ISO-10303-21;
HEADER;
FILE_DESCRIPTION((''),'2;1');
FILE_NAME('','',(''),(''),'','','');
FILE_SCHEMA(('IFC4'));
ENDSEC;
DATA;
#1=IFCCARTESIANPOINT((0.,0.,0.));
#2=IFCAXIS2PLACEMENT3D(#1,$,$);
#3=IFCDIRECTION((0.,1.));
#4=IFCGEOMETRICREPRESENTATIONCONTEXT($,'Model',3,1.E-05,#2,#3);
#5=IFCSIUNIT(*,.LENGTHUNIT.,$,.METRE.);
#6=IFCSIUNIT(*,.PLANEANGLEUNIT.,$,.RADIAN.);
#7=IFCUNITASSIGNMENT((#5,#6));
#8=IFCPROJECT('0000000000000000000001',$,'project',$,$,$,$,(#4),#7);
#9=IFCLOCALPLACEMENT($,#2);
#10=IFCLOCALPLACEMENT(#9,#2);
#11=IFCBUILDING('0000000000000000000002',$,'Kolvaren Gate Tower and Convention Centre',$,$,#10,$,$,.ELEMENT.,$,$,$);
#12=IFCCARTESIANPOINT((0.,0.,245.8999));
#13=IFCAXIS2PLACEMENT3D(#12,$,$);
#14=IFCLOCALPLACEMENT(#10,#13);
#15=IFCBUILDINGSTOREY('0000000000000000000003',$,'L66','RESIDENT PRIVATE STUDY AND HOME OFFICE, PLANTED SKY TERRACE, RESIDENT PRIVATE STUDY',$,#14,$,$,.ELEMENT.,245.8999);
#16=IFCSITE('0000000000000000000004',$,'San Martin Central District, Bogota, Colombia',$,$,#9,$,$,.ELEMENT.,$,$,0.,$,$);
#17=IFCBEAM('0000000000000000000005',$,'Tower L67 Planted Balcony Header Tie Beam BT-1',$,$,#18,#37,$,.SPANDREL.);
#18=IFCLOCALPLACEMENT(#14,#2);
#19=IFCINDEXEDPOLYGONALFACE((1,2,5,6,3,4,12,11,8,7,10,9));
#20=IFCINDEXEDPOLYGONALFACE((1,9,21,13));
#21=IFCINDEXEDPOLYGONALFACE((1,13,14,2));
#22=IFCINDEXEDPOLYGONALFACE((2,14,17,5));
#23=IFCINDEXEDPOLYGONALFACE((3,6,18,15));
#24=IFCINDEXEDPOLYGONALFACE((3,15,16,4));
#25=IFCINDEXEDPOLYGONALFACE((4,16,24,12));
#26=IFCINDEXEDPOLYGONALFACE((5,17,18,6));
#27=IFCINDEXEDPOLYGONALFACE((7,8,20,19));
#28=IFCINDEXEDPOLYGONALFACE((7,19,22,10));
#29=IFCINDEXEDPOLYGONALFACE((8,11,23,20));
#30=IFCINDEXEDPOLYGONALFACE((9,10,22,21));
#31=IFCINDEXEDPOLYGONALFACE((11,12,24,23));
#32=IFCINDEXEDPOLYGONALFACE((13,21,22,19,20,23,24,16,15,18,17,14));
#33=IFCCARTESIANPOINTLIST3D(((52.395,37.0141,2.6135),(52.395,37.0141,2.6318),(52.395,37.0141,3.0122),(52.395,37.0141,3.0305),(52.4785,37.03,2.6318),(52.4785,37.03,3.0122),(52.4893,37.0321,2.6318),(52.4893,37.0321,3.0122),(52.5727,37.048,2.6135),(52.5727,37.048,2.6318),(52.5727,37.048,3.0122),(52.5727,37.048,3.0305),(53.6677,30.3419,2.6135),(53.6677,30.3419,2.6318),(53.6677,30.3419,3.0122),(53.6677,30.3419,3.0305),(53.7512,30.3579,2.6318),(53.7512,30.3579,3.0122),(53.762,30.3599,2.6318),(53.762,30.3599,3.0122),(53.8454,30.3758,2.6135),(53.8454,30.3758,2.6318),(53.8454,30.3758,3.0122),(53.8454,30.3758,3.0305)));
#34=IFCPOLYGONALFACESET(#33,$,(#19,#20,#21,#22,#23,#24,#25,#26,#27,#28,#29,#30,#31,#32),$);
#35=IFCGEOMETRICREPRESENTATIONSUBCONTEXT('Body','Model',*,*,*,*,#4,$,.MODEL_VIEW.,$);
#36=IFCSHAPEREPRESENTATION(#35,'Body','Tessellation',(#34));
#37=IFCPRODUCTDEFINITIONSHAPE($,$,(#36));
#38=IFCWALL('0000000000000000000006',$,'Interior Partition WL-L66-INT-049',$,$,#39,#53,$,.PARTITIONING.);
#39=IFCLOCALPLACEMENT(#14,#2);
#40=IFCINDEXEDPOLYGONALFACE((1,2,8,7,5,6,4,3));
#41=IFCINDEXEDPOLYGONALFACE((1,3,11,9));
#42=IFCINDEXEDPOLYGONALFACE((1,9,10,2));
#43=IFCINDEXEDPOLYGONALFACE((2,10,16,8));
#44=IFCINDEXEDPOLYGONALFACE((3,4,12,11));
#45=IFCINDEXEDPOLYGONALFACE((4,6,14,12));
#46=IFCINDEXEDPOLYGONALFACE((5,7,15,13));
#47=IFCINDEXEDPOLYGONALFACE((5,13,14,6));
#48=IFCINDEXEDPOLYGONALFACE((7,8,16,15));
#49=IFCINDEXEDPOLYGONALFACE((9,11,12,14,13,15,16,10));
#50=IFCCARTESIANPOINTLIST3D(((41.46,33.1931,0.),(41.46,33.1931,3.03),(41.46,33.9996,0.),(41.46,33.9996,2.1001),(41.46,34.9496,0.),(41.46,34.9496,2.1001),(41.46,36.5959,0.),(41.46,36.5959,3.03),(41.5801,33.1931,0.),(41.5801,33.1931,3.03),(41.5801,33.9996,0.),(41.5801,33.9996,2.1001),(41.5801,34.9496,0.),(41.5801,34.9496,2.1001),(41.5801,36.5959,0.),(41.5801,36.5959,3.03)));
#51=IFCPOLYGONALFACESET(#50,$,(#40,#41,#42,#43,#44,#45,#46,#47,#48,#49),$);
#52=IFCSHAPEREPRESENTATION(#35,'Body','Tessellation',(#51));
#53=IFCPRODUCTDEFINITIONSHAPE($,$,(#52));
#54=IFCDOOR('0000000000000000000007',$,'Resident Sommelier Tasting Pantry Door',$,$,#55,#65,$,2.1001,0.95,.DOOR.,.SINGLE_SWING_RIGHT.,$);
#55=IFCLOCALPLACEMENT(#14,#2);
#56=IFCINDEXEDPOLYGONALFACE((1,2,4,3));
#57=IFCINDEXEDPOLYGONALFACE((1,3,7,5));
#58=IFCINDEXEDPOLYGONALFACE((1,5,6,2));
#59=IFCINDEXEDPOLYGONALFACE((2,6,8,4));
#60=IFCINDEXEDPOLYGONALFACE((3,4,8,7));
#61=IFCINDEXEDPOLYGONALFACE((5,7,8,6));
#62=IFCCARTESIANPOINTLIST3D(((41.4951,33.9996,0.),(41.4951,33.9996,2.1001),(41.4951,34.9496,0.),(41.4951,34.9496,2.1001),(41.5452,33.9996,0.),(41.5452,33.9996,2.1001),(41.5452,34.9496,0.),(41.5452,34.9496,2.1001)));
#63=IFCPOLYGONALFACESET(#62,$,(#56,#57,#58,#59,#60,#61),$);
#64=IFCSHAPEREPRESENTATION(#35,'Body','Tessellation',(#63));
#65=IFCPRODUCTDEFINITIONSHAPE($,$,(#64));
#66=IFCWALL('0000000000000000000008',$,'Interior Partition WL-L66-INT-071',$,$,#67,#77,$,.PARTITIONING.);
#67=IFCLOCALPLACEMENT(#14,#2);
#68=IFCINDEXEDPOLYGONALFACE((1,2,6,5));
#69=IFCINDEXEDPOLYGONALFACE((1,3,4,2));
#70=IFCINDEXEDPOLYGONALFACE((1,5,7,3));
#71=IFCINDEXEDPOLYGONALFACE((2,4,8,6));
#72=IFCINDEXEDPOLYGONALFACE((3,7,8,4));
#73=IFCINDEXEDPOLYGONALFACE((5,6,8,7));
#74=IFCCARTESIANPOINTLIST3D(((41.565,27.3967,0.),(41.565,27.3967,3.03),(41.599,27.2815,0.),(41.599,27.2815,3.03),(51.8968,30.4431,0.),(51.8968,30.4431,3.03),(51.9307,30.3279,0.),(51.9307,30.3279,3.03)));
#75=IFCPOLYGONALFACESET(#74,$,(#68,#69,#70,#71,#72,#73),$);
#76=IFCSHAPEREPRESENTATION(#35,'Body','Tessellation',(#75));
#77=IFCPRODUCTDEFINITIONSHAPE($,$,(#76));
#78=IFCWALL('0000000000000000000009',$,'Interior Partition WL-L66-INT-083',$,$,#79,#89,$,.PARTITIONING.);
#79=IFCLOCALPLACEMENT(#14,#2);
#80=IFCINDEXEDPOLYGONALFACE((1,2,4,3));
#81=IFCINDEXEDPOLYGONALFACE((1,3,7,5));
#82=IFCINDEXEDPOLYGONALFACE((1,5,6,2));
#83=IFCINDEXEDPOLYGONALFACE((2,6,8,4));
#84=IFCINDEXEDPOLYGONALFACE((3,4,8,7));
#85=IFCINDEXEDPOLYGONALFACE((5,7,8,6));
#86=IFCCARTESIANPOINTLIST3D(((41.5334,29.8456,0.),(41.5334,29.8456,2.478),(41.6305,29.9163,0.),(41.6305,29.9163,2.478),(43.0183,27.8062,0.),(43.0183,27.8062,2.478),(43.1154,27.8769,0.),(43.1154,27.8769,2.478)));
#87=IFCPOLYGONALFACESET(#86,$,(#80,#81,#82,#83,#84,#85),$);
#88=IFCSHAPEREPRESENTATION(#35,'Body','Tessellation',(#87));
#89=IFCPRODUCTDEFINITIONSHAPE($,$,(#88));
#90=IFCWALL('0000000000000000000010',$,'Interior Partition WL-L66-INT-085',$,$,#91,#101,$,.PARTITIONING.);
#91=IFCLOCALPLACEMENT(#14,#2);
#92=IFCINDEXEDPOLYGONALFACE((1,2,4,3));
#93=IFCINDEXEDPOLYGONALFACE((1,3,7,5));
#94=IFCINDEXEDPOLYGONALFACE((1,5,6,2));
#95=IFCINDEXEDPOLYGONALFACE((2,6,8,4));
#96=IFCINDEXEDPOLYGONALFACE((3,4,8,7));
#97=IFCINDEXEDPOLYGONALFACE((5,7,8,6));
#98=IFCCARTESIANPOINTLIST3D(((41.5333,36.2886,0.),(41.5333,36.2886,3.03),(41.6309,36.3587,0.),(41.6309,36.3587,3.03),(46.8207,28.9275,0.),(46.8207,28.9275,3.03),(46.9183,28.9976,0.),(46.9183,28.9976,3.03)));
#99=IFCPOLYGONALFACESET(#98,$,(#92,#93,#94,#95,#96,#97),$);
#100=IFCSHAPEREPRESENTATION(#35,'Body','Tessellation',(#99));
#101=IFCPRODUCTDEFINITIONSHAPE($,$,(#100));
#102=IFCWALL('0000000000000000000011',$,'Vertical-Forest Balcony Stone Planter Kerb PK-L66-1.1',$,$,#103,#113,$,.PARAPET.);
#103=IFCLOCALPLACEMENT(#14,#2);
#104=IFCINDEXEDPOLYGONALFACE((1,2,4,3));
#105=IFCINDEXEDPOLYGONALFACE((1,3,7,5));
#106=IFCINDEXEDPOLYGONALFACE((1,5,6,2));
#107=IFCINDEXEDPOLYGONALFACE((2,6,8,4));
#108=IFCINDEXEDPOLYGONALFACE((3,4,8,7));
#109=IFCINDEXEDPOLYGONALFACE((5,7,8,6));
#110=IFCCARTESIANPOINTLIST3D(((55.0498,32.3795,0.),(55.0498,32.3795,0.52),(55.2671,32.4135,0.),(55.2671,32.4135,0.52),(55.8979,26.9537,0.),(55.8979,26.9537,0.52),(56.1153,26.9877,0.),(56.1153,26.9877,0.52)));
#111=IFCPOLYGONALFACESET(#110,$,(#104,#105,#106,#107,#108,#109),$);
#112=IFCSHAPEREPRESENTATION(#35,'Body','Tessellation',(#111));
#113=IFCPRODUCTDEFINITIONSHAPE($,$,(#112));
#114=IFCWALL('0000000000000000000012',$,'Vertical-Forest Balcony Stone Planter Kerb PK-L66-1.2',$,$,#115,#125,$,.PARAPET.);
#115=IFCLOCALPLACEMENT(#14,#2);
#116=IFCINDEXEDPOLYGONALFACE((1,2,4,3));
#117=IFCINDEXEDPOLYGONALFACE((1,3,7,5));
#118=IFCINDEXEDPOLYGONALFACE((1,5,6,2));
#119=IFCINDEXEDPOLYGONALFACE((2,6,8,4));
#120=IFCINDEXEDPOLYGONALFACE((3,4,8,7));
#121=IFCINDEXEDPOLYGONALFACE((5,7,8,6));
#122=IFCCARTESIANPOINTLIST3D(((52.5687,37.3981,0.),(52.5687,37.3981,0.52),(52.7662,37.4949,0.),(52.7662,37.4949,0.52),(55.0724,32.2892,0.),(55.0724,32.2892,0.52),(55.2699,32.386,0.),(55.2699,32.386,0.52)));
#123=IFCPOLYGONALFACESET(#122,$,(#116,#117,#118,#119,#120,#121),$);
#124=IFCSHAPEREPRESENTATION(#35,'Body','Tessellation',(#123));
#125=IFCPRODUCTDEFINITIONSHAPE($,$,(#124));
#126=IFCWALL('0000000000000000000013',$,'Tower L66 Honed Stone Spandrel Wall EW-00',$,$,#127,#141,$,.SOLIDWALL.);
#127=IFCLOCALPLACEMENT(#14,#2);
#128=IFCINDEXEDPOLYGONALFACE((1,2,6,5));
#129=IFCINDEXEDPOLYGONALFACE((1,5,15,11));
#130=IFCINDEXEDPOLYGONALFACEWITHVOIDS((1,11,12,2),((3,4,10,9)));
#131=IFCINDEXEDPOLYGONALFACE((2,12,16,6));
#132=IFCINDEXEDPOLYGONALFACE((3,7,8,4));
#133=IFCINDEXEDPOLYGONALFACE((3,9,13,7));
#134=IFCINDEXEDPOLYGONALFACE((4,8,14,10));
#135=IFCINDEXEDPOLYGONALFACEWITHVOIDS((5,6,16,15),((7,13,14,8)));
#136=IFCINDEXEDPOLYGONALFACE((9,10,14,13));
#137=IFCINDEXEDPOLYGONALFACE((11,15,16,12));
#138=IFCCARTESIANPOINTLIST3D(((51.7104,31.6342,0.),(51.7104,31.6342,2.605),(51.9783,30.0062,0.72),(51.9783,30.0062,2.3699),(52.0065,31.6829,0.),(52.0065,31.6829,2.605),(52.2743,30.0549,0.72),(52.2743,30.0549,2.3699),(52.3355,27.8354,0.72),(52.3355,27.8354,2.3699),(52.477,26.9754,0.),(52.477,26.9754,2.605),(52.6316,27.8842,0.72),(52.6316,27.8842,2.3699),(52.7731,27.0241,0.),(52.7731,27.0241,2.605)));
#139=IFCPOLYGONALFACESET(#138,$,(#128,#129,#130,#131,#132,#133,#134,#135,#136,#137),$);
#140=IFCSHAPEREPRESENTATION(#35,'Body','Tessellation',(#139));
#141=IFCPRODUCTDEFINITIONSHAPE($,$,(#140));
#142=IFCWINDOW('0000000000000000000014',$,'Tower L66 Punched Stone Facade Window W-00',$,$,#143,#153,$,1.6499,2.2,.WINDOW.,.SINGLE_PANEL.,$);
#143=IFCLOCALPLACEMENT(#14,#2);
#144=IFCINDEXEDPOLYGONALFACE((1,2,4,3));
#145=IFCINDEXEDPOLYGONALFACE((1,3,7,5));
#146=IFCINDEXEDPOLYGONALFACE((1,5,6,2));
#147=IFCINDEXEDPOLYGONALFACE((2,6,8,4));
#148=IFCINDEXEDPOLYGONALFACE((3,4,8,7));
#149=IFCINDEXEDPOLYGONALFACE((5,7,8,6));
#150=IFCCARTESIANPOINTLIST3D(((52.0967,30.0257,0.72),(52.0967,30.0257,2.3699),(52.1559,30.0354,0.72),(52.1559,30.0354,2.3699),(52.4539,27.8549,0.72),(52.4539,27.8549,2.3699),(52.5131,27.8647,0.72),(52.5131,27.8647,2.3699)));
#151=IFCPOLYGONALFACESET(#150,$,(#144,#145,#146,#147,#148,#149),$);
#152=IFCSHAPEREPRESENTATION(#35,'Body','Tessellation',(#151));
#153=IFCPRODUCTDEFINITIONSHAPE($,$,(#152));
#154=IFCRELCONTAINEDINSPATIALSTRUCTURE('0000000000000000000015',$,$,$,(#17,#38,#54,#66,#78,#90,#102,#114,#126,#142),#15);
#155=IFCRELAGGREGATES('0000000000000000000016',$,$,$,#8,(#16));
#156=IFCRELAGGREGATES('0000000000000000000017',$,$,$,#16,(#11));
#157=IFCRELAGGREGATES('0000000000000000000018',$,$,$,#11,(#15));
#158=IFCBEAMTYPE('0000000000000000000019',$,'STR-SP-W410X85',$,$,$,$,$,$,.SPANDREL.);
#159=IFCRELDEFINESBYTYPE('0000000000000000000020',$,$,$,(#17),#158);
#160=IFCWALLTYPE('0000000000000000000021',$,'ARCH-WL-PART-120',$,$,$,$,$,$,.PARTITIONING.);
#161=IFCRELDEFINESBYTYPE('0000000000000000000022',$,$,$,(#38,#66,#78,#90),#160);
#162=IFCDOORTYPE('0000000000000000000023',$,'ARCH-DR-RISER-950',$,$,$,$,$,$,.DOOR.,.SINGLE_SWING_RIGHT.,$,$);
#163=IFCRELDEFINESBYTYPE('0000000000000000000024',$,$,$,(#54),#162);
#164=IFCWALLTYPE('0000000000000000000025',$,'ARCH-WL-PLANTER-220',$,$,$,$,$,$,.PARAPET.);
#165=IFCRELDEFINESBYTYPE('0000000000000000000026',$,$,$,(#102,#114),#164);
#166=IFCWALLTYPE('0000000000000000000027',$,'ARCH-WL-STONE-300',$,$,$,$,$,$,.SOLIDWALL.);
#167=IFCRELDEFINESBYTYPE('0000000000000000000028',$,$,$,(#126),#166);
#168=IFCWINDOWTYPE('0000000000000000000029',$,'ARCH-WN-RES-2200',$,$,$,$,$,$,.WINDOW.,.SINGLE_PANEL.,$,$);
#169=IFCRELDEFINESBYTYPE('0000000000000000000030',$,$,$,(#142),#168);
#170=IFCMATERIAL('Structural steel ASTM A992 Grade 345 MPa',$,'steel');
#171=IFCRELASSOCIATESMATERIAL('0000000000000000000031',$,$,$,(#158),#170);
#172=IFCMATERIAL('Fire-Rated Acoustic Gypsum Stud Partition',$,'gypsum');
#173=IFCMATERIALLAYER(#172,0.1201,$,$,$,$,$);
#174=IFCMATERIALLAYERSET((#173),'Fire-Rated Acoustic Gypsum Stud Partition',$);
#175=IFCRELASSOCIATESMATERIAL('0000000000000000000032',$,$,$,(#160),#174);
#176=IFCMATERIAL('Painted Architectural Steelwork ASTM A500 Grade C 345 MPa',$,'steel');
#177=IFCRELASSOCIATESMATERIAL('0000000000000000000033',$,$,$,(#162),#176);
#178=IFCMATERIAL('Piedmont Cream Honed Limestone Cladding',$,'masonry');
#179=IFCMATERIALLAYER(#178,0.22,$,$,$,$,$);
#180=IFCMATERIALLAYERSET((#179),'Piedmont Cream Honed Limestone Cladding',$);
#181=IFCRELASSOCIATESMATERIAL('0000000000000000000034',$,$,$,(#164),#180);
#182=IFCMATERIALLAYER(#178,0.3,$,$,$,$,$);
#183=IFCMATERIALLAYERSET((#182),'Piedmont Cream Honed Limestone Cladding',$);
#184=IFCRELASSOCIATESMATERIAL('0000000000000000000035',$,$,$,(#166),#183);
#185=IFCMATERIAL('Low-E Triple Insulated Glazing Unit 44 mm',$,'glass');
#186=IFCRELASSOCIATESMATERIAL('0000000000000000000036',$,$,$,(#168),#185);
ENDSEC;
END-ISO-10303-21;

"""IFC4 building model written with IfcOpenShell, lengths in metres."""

from ifc_helpers import new_model, si_unit, direction, frame, frame_2d, origin, origin_2d, place, context, subcontext, project, spatial, rectangle, i_section, extrude, material, layer, layer_set, material_profile, profile_set, type_object, element, fill, save


model = new_model("IFC4")

# Units and contexts
model_context = context("Model", 3, precision=1e-05, world=origin(), true_north=direction((0.0, 1.0)))
body_context = subcontext(model_context, "Body", "Model", "MODEL_VIEW")
ifc_project = project(units=[si_unit("LENGTHUNIT", "METRE"), si_unit("PLANEANGLEUNIT", "RADIAN")], contexts=[model_context])

# Site, building, storey
site_placement = place(None, origin())
site = spatial("IfcSite", under=ifc_project, at=site_placement, Name="San Martin Central District, Bogota, Colombia", CompositionType="ELEMENT", RefElevation=0.0)
building_placement = place(site_placement, origin())
building = spatial("IfcBuilding", under=site, at=building_placement, Name="Kolvaren Gate Tower and Convention Centre", CompositionType="ELEMENT")
storey_placement = place(building_placement, frame((0.0, 0.0, 245.8999)))
storey = spatial("IfcBuildingStorey", under=building, at=storey_placement, Name="L66", Description="RESIDENT PRIVATE STUDY AND HOME OFFICE, PLANTED SKY TERRACE, RESIDENT PRIVATE STUDY", CompositionType="ELEMENT", Elevation=245.8999)

# Beam
ifc_material_1 = material(Name="Structural steel ASTM A992 Grade 345 MPa", Category="steel")
ifc_material_profile_1 = material_profile(ifc_material_1, i_section(OverallWidth=0.1809, OverallDepth=0.417, WebThickness=0.011, FlangeThickness=0.0183, at=origin_2d()), Name="W410X85")
ifc_profile_set_1 = profile_set([ifc_material_profile_1], Name="Structural steel ASTM A992 Grade 345 MPa")
beam_type_1 = type_object("IfcBeamType", Name="STR-SP-W410X85", PredefinedType="SPANDREL", material=ifc_profile_set_1)
beam_1_placement = place(storey_placement, frame((53.7566, 30.3589, 2.822), z_axis=(-0.187371, 0.982289, 0.0), x_axis=(-0.982289, -0.187371, 0.0)))
element("IfcBeam", 1, at=beam_1_placement, inside=storey, type_object=beam_type_1, Name="Tower L67 Planted Balcony Header Tie Beam BT-1", PredefinedType="SPANDREL", context=body_context, shape_type="SweptSolid", body=[
    extrude(i_section(OverallWidth=0.1809, OverallDepth=0.417, WebThickness=0.011, FlangeThickness=0.0183, at=origin_2d()), origin(), (0.0, 0.0, 1.0), 6.7925),
])

# Wall, opening, door
ifc_material_2 = material(Name="Fire-Rated Acoustic Gypsum Stud Partition", Category="gypsum")
ifc_layer_1 = layer(ifc_material_2, 0.1201)
ifc_layer_set_1 = layer_set([ifc_layer_1], Name="Fire-Rated Acoustic Gypsum Stud Partition")
wall_type_1 = type_object("IfcWallType", Name="ARCH-WL-PART-120", PredefinedType="PARTITIONING", material=ifc_layer_set_1)
wall_1_placement = place(storey_placement, frame((41.52, 33.1931, 0.0), z_axis=(0.0, 0.0, 1.0), x_axis=(0.0, 1.0, 0.0)))
wall_1 = element("IfcWall", 2, at=wall_1_placement, inside=storey, type_object=wall_type_1, Name="Interior Partition WL-L66-INT-049", PredefinedType="PARTITIONING", context=body_context, shape_type="SweptSolid", body=[
    extrude(rectangle(XDim=3.4028, YDim=0.1201, at=frame_2d((1.7014, 0.0))), origin(), (0.0, 0.0, 1.0), 3.03),
])
opening_1_placement = place(wall_1_placement, frame((0.8064, 0.0, 0.0)))
opening_1 = element("IfcOpeningElement", 3, at=opening_1_placement, cuts=wall_1, PredefinedType="OPENING", context=body_context, shape_type="SweptSolid", body=[
    extrude(rectangle(XDim=0.95, YDim=2.1001, at=frame_2d((0.4751, 1.05))), frame((0.0, 0.0701, 0.0), z_axis=(0.0, -1.0, 0.0), x_axis=(1.0, 0.0, 0.0)), (0.0, 0.0, 1.0), 0.1401),
])
ifc_material_3 = material(Name="Painted Architectural Steelwork ASTM A500 Grade C 345 MPa", Category="steel")
door_type_1 = type_object("IfcDoorType", Name="ARCH-DR-RISER-950", OperationType="SINGLE_SWING_RIGHT", PredefinedType="DOOR", material=ifc_material_3)
door_1_placement = place(opening_1_placement, origin())
door_1 = element("IfcDoor", 4, at=door_1_placement, inside=storey, type_object=door_type_1, Name="Resident Sommelier Tasting Pantry Door", OperationType="SINGLE_SWING_RIGHT", OverallHeight=2.1001, OverallWidth=0.95, PredefinedType="DOOR", context=body_context, shape_type="SweptSolid", body=[
    extrude(rectangle(XDim=0.95, YDim=2.1001, at=frame_2d((0.4751, 1.05))), frame((0.0, 0.0249, 0.0), z_axis=(0.0, -1.0, 0.0), x_axis=(1.0, 0.0, 0.0)), (0.0, 0.0, 1.0), 0.05),
])
fill(opening_1, door_1)

# Walls
wall_2_placement = place(storey_placement, frame((41.582, 27.3391, 0.0), z_axis=(0.0, 0.0, 1.0), x_axis=(0.959174, 0.282818, 0.0)))
element("IfcWall", 5, at=wall_2_placement, inside=storey, type_object=wall_type_1, Name="Interior Partition WL-L66-INT-071", PredefinedType="PARTITIONING", context=body_context, shape_type="SweptSolid", body=[
    extrude(rectangle(XDim=10.7715, YDim=0.1201, at=frame_2d((5.3857, 0.0))), origin(), (0.0, 0.0, 1.0), 3.03),
])
wall_3_placement = place(storey_placement, frame((41.582, 29.8809, 0.0), z_axis=(0.0, 0.0, 1.0), x_axis=(0.58862, -0.80841, 0.0)))
element("IfcWall", 6, at=wall_3_placement, inside=storey, type_object=wall_type_1, Name="Interior Partition WL-L66-INT-083", PredefinedType="PARTITIONING", context=body_context, shape_type="SweptSolid", body=[
    extrude(rectangle(XDim=2.5227, YDim=0.1201, at=frame_2d((1.2612, 0.0))), origin(), (0.0, 0.0, 1.0), 2.478),
])
wall_4_placement = place(storey_placement, frame((41.582, 36.3237, 0.0), z_axis=(0.0, 0.0, 1.0), x_axis=(0.583387, -0.812194, 0.0)))
element("IfcWall", 7, at=wall_4_placement, inside=storey, type_object=wall_type_1, Name="Interior Partition WL-L66-INT-085", PredefinedType="PARTITIONING", context=body_context, shape_type="SweptSolid", body=[
    extrude(rectangle(XDim=9.0632, YDim=0.1201, at=frame_2d((4.5317, 0.0))), origin(), (0.0, 0.0, 1.0), 3.03),
])
ifc_material_4 = material(Name="Piedmont Cream Honed Limestone Cladding", Category="masonry")
ifc_layer_2 = layer(ifc_material_4, 0.22)
ifc_layer_set_2 = layer_set([ifc_layer_2], Name="Piedmont Cream Honed Limestone Cladding")
wall_type_2 = type_object("IfcWallType", Name="ARCH-WL-PLANTER-220", PredefinedType="PARAPET", material=ifc_layer_set_2)
wall_5_placement = place(storey_placement, frame((55.1584, 32.3965, 0.0), z_axis=(0.0, 0.0, 1.0), x_axis=(0.154442, -0.988002, 0.0)))
element("IfcWall", 8, at=wall_5_placement, inside=storey, type_object=wall_type_2, Name="Vertical-Forest Balcony Stone Planter Kerb PK-L66-1.1", PredefinedType="PARAPET", context=body_context, shape_type="SweptSolid", body=[
    extrude(rectangle(XDim=5.4917, YDim=0.22, at=frame_2d((2.7458, 0.0))), origin(), (0.0, 0.0, 1.0), 0.52),
])
wall_6_placement = place(storey_placement, frame((52.6675, 37.4465, 0.0), z_axis=(0.0, 0.0, 1.0), x_axis=(0.440059, -0.897969, 0.0)))
element("IfcWall", 9, at=wall_6_placement, inside=storey, type_object=wall_type_2, Name="Vertical-Forest Balcony Stone Planter Kerb PK-L66-1.2", PredefinedType="PARAPET", context=body_context, shape_type="SweptSolid", body=[
    extrude(rectangle(XDim=5.6895, YDim=0.22, at=frame_2d((2.8447, 0.0))), origin(), (0.0, 0.0, 1.0), 0.52),
])

# Wall, opening, window
ifc_layer_3 = layer(ifc_material_4, 0.3)
ifc_layer_set_3 = layer_set([ifc_layer_3], Name="Piedmont Cream Honed Limestone Cladding")
wall_type_3 = type_object("IfcWallType", Name="ARCH-WL-STONE-300", PredefinedType="SOLIDWALL", material=ifc_layer_set_3)
wall_7_placement = place(storey_placement, frame((51.8584, 31.6587, 0.0), z_axis=(0.0, 0.0, 1.0), x_axis=(0.162369, -0.98673, 0.0)))
wall_7 = element("IfcWall", 10, at=wall_7_placement, inside=storey, type_object=wall_type_3, Name="Tower L66 Honed Stone Spandrel Wall EW-00", PredefinedType="SOLIDWALL", context=body_context, shape_type="SweptSolid", body=[
    extrude(rectangle(XDim=4.7214, YDim=0.3, at=frame_2d((2.3608, 0.0))), origin(), (0.0, 0.0, 1.0), 2.605),
])
opening_2_placement = place(wall_7_placement, frame((1.6499, 0.0, 0.72)))
opening_2 = element("IfcOpeningElement", 11, at=opening_2_placement, cuts=wall_7, PredefinedType="OPENING", context=body_context, shape_type="SweptSolid", body=[
    extrude(rectangle(XDim=2.2, YDim=1.6499, at=frame_2d((1.1001, 0.825))), frame((0.0, 0.1599, 0.0), z_axis=(0.0, -1.0, 0.0), x_axis=(1.0, 0.0, 0.0)), (0.0, 0.0, 1.0), 0.3201),
])
ifc_material_5 = material(Name="Low-E Triple Insulated Glazing Unit 44 mm", Category="glass")
window_type = type_object("IfcWindowType", Name="ARCH-WN-RES-2200", PartitioningType="SINGLE_PANEL", PredefinedType="WINDOW", material=ifc_material_5)
window_1_placement = place(opening_2_placement, origin())
window_1 = element("IfcWindow", 12, at=window_1_placement, inside=storey, type_object=window_type, Name="Tower L66 Punched Stone Facade Window W-00", OverallHeight=1.6499, OverallWidth=2.2, PartitioningType="SINGLE_PANEL", PredefinedType="WINDOW", context=body_context, shape_type="SweptSolid", body=[
    extrude(rectangle(XDim=2.2, YDim=1.6499, at=frame_2d((1.1001, 0.825))), frame((0.0, 0.03, 0.0), z_axis=(0.0, -1.0, 0.0), x_axis=(1.0, 0.0, 0.0)), (0.0, 0.0, 1.0), 0.0601),
])
fill(opening_2, window_1)

save(model, "model.ifc")
